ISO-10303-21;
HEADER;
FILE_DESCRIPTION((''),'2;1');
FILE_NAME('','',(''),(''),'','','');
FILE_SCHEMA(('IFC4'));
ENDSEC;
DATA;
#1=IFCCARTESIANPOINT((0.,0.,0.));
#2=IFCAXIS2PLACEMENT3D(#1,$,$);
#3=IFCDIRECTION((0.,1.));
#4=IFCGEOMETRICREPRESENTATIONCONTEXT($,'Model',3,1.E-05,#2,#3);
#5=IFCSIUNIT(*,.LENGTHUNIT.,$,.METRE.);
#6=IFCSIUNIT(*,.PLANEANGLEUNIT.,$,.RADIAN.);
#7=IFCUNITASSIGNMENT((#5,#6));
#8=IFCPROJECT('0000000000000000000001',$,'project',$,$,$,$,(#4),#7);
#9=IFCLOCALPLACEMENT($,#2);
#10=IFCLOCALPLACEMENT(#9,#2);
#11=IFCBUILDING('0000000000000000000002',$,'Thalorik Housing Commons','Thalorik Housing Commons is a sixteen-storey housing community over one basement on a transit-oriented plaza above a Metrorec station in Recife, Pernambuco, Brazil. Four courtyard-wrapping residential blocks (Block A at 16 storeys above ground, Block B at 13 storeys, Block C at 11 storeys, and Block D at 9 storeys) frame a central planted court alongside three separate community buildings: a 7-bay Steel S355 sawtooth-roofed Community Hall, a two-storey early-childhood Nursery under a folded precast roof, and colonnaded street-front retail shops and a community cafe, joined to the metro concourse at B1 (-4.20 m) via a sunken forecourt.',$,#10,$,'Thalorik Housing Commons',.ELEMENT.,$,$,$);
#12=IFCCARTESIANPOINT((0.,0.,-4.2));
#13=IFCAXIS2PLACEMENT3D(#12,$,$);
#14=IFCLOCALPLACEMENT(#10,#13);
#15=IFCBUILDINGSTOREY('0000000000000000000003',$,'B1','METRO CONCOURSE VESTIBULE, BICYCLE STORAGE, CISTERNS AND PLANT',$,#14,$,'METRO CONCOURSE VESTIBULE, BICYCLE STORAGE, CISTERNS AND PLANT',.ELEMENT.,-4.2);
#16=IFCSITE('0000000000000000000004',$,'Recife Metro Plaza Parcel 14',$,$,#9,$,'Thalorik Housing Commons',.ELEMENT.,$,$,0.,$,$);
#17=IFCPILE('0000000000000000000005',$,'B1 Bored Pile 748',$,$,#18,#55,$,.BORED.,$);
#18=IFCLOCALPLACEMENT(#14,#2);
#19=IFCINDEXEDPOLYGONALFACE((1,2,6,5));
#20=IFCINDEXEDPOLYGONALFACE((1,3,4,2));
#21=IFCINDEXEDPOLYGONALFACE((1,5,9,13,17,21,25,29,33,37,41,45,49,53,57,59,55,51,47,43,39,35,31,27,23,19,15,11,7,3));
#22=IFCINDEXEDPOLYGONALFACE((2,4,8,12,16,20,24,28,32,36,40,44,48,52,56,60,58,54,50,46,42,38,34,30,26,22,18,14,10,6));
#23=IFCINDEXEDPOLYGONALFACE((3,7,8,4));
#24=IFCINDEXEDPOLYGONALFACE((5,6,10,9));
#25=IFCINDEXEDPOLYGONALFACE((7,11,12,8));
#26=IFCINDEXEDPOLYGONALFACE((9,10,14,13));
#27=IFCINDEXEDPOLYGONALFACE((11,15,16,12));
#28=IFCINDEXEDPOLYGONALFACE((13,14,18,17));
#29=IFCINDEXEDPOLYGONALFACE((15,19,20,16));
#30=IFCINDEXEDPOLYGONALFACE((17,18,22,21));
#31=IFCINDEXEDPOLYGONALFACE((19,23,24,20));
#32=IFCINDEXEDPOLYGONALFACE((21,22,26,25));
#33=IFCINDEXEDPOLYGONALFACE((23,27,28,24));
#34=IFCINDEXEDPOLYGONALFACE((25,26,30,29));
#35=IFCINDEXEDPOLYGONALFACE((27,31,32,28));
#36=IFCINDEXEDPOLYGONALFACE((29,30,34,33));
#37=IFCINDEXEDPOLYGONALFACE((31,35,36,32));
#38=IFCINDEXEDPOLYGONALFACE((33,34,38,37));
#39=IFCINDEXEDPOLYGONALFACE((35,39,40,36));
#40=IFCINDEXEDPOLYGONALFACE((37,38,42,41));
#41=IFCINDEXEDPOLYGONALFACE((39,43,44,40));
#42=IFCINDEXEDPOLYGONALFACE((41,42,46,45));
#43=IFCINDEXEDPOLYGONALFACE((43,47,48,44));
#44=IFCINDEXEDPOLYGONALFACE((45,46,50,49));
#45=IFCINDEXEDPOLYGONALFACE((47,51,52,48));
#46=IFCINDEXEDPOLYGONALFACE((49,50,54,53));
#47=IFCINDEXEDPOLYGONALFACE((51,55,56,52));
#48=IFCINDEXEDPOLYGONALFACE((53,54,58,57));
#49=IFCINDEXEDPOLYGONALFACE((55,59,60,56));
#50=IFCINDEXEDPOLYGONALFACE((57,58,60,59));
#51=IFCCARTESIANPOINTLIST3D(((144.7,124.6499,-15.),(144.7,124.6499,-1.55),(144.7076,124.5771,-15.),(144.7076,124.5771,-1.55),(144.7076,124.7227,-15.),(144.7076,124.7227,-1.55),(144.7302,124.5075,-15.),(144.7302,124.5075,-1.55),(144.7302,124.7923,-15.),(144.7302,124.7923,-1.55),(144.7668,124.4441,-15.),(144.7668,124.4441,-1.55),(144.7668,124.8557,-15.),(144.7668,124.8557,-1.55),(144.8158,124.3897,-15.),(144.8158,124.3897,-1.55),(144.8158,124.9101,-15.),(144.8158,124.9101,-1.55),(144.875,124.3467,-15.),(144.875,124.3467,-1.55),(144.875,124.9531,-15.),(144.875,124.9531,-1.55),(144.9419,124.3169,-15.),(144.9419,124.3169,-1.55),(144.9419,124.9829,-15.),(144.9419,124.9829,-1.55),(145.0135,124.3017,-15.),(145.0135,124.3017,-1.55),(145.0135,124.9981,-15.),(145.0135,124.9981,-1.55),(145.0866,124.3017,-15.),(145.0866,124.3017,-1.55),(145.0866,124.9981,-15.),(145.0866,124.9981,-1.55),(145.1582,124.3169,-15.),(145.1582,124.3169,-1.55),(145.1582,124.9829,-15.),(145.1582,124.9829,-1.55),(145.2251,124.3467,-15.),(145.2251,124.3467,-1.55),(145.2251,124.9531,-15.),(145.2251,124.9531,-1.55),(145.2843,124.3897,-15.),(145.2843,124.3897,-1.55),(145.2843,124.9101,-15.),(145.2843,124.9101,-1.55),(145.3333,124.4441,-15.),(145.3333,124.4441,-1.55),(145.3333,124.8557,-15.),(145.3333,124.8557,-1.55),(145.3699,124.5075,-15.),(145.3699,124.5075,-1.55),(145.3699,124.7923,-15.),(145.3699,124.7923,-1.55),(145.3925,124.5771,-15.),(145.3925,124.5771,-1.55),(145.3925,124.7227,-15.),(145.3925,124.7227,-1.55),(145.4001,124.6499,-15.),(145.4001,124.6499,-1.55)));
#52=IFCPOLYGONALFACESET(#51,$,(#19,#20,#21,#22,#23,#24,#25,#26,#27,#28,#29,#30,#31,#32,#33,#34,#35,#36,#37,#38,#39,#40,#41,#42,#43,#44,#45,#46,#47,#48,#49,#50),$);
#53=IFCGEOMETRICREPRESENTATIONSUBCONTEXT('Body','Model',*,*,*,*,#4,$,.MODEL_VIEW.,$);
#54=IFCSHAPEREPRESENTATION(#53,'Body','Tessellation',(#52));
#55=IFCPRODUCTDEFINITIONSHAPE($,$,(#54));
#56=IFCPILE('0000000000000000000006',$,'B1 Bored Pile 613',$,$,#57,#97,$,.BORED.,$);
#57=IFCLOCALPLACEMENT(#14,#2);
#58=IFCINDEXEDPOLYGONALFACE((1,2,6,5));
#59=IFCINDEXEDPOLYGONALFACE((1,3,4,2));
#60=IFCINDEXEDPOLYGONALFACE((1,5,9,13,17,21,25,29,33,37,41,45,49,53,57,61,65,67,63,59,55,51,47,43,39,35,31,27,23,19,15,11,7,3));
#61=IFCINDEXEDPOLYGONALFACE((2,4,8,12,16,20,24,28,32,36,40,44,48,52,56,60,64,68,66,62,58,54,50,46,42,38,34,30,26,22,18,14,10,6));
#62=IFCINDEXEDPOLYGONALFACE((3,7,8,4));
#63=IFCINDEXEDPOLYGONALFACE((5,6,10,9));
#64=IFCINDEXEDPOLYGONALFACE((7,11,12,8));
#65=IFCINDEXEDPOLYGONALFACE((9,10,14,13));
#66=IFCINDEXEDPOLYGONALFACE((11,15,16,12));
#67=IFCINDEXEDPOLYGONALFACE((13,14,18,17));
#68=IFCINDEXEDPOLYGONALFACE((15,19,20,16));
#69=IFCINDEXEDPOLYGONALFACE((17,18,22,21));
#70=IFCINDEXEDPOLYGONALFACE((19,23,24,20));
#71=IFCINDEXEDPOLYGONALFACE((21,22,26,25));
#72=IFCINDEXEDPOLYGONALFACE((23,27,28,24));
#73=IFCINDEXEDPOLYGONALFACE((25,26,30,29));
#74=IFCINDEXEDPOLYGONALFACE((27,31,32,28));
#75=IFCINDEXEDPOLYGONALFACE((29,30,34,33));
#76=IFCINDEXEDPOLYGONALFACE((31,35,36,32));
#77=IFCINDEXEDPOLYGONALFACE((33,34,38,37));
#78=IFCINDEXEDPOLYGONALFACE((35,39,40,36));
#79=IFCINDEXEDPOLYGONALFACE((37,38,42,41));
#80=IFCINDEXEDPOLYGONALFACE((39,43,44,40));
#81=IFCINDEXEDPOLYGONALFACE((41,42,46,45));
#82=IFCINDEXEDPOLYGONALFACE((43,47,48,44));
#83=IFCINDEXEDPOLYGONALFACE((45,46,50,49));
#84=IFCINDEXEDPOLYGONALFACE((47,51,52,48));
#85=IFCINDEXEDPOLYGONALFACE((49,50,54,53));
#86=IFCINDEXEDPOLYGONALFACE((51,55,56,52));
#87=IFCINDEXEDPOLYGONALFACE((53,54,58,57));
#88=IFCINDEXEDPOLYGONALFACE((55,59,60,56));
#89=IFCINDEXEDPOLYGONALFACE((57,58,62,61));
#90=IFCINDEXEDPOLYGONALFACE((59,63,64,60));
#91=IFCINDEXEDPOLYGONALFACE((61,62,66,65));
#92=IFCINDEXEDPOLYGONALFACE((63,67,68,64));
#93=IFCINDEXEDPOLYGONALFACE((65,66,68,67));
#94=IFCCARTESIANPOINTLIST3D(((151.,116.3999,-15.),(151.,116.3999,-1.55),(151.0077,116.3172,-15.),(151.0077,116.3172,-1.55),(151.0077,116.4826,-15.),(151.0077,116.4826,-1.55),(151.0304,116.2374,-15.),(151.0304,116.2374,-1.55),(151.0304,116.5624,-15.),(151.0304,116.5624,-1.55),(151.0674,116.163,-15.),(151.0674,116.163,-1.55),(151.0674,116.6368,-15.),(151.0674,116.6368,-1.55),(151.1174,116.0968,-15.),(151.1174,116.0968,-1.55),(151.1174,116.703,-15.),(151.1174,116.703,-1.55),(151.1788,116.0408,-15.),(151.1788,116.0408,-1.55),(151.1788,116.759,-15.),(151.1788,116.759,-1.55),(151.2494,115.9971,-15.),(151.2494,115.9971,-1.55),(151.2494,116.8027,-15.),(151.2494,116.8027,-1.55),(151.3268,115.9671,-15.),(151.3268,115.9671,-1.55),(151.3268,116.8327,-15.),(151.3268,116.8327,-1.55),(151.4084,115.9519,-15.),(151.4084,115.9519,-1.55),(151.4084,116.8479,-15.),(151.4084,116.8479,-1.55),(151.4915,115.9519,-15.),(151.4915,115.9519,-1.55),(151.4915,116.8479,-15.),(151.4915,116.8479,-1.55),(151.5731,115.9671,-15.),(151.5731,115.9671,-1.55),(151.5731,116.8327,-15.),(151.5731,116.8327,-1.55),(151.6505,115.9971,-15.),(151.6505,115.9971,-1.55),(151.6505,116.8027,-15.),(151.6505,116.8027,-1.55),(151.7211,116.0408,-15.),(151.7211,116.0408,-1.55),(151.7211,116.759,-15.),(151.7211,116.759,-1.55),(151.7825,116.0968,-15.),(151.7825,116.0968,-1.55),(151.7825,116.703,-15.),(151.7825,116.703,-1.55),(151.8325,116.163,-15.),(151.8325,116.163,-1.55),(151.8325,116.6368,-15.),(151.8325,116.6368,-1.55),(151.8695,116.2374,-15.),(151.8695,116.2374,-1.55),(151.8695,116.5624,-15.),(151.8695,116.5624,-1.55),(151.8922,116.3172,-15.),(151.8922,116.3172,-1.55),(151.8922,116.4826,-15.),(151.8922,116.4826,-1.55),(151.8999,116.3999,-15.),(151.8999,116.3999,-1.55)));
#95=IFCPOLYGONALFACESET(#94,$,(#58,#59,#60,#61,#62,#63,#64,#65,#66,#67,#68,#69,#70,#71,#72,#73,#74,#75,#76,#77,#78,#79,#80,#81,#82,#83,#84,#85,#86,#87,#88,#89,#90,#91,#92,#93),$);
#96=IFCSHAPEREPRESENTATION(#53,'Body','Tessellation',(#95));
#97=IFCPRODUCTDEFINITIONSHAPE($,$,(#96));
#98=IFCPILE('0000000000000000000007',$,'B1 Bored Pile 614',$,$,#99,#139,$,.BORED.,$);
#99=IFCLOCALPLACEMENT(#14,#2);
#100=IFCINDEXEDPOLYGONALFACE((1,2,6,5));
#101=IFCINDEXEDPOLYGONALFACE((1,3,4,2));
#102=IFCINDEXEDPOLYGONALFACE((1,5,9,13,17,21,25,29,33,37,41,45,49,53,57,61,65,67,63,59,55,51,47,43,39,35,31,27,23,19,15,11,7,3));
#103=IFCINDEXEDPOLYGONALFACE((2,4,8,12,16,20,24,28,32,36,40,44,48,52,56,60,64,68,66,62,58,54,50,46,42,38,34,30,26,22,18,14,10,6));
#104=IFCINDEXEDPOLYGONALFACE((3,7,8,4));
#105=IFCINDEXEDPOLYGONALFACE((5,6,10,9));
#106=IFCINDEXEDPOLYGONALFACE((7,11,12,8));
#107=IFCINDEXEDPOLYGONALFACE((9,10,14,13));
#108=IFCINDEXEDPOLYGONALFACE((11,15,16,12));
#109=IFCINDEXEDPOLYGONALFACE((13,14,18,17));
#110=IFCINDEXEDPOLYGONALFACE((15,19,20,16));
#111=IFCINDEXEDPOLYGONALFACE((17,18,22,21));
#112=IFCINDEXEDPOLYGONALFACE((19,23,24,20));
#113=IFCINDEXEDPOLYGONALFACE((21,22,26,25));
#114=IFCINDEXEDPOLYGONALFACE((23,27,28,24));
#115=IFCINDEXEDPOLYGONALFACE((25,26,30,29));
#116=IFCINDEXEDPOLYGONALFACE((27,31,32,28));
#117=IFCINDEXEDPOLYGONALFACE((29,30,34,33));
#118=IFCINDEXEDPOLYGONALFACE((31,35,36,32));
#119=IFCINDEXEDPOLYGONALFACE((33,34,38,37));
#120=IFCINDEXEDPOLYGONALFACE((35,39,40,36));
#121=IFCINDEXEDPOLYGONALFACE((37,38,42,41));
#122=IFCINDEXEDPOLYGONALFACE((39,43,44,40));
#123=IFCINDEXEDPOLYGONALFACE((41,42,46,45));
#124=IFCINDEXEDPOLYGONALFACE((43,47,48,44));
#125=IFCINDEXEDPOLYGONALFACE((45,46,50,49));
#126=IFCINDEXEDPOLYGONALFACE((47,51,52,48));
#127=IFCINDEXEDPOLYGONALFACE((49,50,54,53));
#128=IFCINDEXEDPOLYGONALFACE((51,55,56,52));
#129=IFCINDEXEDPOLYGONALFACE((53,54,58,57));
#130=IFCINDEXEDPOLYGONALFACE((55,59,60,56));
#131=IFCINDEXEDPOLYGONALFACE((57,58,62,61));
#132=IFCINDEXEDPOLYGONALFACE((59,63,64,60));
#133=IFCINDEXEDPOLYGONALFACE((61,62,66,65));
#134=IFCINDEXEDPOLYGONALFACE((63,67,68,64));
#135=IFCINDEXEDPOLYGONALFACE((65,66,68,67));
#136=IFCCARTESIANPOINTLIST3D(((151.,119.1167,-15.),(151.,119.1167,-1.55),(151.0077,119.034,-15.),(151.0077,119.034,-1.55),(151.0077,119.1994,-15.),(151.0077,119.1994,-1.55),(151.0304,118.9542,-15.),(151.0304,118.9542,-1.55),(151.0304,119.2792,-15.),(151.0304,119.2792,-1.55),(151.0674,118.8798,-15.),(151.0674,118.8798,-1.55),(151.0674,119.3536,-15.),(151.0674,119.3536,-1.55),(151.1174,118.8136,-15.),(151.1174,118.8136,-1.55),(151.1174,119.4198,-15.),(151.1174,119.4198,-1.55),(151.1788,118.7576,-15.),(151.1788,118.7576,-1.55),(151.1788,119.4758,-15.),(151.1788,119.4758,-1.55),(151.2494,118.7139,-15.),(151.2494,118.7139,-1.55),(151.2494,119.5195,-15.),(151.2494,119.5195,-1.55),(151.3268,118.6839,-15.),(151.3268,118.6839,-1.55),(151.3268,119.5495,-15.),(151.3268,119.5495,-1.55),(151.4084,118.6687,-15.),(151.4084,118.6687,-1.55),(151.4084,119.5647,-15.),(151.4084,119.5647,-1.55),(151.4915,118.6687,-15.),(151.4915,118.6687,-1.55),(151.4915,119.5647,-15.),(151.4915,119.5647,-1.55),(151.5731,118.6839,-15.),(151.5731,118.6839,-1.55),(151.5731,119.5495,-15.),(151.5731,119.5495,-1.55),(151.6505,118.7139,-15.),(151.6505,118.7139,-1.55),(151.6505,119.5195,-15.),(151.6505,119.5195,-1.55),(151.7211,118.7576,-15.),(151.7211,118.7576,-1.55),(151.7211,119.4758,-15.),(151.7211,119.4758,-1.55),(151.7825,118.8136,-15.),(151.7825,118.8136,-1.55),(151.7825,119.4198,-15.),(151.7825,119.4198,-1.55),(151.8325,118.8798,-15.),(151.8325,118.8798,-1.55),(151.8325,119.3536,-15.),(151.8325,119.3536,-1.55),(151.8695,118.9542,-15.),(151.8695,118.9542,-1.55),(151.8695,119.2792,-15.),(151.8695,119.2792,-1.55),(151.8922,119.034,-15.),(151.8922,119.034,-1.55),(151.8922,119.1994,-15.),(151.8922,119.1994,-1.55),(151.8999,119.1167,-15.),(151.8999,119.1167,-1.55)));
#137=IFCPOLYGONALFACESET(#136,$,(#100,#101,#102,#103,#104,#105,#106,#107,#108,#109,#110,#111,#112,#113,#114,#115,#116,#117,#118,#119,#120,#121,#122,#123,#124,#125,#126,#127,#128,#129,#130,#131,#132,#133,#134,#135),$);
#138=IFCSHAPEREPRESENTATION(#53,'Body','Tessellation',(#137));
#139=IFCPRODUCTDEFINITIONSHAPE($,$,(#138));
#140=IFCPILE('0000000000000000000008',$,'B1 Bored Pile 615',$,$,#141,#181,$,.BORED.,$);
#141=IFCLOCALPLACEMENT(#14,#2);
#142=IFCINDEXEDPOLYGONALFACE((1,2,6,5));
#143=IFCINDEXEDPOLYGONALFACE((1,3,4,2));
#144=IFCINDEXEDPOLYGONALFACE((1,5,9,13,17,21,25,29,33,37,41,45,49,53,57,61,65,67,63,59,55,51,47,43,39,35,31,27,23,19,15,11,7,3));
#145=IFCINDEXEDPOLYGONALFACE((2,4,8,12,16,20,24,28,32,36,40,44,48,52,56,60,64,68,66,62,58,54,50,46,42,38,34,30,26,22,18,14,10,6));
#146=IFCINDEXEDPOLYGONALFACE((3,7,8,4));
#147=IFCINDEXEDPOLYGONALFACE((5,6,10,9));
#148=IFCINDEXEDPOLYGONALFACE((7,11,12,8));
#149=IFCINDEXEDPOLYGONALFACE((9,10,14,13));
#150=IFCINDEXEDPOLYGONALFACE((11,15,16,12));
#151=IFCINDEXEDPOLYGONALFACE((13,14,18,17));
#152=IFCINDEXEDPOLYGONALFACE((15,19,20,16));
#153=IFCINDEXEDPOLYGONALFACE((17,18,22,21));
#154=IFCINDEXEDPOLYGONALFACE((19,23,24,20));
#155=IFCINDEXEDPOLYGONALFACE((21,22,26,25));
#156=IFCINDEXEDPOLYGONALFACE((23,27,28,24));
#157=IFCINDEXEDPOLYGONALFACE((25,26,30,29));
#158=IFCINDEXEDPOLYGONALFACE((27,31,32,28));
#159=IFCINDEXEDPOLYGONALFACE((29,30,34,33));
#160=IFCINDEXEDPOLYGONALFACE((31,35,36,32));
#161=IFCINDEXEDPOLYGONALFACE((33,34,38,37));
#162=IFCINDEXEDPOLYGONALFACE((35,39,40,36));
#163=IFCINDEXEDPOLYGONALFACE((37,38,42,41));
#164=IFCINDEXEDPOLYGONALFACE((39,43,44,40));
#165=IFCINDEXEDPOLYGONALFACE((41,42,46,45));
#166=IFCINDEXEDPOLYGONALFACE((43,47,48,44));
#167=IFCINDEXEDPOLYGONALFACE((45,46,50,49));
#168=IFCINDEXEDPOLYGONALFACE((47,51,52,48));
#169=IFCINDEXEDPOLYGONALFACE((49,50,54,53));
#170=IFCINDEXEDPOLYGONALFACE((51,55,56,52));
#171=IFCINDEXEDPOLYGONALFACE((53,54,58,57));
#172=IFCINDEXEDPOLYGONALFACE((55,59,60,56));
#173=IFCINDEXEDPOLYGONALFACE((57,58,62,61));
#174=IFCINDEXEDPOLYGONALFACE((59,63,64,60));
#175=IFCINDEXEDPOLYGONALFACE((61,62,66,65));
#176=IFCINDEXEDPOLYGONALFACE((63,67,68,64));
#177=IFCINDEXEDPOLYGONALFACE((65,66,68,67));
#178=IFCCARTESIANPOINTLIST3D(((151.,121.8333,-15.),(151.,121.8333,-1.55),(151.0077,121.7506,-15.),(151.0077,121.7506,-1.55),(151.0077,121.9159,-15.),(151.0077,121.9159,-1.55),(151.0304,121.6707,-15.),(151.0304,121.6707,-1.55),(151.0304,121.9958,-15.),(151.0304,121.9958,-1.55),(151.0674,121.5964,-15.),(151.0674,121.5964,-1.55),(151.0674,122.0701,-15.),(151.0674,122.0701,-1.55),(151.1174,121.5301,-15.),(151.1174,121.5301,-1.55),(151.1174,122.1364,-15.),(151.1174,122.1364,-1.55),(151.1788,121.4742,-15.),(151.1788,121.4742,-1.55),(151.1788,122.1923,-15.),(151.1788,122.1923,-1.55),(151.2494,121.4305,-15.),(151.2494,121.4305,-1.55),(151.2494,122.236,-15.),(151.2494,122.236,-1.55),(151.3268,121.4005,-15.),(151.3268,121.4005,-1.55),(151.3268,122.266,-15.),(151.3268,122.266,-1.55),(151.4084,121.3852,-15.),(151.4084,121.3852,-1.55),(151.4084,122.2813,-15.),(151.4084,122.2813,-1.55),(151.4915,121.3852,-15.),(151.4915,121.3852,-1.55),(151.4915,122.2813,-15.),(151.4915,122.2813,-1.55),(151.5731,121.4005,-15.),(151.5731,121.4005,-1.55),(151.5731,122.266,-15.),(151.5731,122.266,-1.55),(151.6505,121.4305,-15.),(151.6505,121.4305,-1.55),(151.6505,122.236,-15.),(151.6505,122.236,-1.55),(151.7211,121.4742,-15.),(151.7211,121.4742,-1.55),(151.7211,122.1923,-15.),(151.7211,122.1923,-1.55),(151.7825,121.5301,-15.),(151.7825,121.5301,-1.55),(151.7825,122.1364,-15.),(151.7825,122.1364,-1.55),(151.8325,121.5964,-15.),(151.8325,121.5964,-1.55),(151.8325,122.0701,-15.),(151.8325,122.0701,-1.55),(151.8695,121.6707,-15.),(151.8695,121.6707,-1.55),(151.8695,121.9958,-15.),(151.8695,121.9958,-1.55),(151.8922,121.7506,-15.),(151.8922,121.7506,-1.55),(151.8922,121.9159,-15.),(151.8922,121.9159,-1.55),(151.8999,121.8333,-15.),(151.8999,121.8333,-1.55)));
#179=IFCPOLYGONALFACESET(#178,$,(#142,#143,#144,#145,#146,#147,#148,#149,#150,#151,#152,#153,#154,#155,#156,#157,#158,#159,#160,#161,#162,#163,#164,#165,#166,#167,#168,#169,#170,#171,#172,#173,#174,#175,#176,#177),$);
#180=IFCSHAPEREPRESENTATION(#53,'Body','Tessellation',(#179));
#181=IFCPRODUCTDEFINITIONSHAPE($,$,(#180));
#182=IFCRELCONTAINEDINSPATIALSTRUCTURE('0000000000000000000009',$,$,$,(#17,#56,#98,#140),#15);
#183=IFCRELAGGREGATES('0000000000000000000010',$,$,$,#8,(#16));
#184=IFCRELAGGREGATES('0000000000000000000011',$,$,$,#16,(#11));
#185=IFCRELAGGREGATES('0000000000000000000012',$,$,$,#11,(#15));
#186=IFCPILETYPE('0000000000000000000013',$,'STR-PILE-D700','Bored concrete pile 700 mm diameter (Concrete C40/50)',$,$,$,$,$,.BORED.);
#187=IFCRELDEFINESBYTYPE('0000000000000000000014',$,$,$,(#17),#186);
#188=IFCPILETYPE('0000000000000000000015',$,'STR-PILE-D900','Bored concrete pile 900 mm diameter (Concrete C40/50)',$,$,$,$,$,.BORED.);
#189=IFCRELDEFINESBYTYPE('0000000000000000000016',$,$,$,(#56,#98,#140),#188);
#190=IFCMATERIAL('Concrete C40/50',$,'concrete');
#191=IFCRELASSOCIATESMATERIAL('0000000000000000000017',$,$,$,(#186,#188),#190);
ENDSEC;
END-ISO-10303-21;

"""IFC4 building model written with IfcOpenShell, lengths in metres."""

from ifc_helpers import new_model, si_unit, direction, frame, origin, origin_2d, place, context, subcontext, project, spatial, circle, extrude, material, material_profile, profile_set, type_object, element, save


model = new_model("IFC4")

# Units and contexts
model_context = context("Model", 3, precision=1e-05, world=origin(), true_north=direction((0.0, 1.0)))
body_context = subcontext(model_context, "Body", "Model", "MODEL_VIEW")
ifc_project = project(units=[si_unit("LENGTHUNIT", "METRE"), si_unit("PLANEANGLEUNIT", "RADIAN")], contexts=[model_context])

# Site, building, storey
site_placement = place(None, origin())
site = spatial("IfcSite", under=ifc_project, at=site_placement, Name="Recife Metro Plaza Parcel 14", LongName="Thalorik Housing Commons", CompositionType="ELEMENT", RefElevation=0.0)
building_placement = place(site_placement, origin())
building = spatial("IfcBuilding", under=site, at=building_placement, Name="Thalorik Housing Commons", Description="Thalorik Housing Commons is a sixteen-storey housing community over one basement on a transit-oriented plaza above a Metrorec station in Recife, Pernambuco, Brazil. Four courtyard-wrapping residential blocks (Block A at 16 storeys above ground, Block B at 13 storeys, Block C at 11 storeys, and Block D at 9 storeys) frame a central planted court alongside three separate community buildings: a 7-bay Steel S355 sawtooth-roofed Community Hall, a two-storey early-childhood Nursery under a folded precast roof, and colonnaded street-front retail shops and a community cafe, joined to the metro concourse at B1 (-4.20 m) via a sunken forecourt.", LongName="Thalorik Housing Commons", CompositionType="ELEMENT")
storey_placement = place(building_placement, frame((0.0, 0.0, -4.2)))
storey = spatial("IfcBuildingStorey", under=building, at=storey_placement, Name="B1", Description="METRO CONCOURSE VESTIBULE, BICYCLE STORAGE, CISTERNS AND PLANT", LongName="METRO CONCOURSE VESTIBULE, BICYCLE STORAGE, CISTERNS AND PLANT", CompositionType="ELEMENT", Elevation=-4.2)

# Shared definitions
ifc_material_1 = material(Name="Concrete C40/50", Category="concrete")

# Piles
ifc_material_profile_1 = material_profile(ifc_material_1, circle(Radius=0.3501, at=origin_2d()), Name="BORED PILE D700", Category="concrete")
ifc_profile_set_1 = profile_set([ifc_material_profile_1], Name="Concrete C40/50")
pile_type_1 = type_object("IfcPileType", Name="STR-PILE-D700", Description="Bored concrete pile 700 mm diameter (Concrete C40/50)", PredefinedType="BORED", material=ifc_profile_set_1)
for number, where, z_axis, x_axis, name in (
    (1, (145.05, 124.6499, -1.55), (0.0, 0.0, -1.0), (1.0, 0.0, 0.0), "B1 Bored Pile 748"),
):
    element("IfcPile", number, at=place(storey_placement, frame(where, z_axis=z_axis, x_axis=x_axis)), inside=storey, type_object=pile_type_1, Name=name, PredefinedType="BORED", context=body_context, shape_type="SweptSolid", body=[
        extrude(circle(Radius=0.3501, at=origin_2d()), origin(), (0.0, 0.0, 1.0), 13.45),
    ])
ifc_material_profile_2 = material_profile(ifc_material_1, circle(Radius=0.45, at=origin_2d()), Name="BORED PILE D900", Category="concrete")
ifc_profile_set_2 = profile_set([ifc_material_profile_2], Name="Concrete C40/50")
pile_type_2 = type_object("IfcPileType", Name="STR-PILE-D900", Description="Bored concrete pile 900 mm diameter (Concrete C40/50)", PredefinedType="BORED", material=ifc_profile_set_2)
for number, where, z_axis, x_axis, name in (
    (2, (151.45, 116.3999, -1.55), (0.0, 0.0, -1.0), (1.0, 0.0, 0.0), "B1 Bored Pile 613"),
    (3, (151.45, 119.1167, -1.55), (0.0, 0.0, -1.0), (1.0, 0.0, 0.0), "B1 Bored Pile 614"),
    (4, (151.45, 121.8333, -1.55), (0.0, 0.0, -1.0), (1.0, 0.0, 0.0), "B1 Bored Pile 615"),
):
    element("IfcPile", number, at=place(storey_placement, frame(where, z_axis=z_axis, x_axis=x_axis)), inside=storey, type_object=pile_type_2, Name=name, PredefinedType="BORED", context=body_context, shape_type="SweptSolid", body=[
        extrude(circle(Radius=0.45, at=origin_2d()), origin(), (0.0, 0.0, 1.0), 13.45),
    ])

save(model, "model.ifc")
